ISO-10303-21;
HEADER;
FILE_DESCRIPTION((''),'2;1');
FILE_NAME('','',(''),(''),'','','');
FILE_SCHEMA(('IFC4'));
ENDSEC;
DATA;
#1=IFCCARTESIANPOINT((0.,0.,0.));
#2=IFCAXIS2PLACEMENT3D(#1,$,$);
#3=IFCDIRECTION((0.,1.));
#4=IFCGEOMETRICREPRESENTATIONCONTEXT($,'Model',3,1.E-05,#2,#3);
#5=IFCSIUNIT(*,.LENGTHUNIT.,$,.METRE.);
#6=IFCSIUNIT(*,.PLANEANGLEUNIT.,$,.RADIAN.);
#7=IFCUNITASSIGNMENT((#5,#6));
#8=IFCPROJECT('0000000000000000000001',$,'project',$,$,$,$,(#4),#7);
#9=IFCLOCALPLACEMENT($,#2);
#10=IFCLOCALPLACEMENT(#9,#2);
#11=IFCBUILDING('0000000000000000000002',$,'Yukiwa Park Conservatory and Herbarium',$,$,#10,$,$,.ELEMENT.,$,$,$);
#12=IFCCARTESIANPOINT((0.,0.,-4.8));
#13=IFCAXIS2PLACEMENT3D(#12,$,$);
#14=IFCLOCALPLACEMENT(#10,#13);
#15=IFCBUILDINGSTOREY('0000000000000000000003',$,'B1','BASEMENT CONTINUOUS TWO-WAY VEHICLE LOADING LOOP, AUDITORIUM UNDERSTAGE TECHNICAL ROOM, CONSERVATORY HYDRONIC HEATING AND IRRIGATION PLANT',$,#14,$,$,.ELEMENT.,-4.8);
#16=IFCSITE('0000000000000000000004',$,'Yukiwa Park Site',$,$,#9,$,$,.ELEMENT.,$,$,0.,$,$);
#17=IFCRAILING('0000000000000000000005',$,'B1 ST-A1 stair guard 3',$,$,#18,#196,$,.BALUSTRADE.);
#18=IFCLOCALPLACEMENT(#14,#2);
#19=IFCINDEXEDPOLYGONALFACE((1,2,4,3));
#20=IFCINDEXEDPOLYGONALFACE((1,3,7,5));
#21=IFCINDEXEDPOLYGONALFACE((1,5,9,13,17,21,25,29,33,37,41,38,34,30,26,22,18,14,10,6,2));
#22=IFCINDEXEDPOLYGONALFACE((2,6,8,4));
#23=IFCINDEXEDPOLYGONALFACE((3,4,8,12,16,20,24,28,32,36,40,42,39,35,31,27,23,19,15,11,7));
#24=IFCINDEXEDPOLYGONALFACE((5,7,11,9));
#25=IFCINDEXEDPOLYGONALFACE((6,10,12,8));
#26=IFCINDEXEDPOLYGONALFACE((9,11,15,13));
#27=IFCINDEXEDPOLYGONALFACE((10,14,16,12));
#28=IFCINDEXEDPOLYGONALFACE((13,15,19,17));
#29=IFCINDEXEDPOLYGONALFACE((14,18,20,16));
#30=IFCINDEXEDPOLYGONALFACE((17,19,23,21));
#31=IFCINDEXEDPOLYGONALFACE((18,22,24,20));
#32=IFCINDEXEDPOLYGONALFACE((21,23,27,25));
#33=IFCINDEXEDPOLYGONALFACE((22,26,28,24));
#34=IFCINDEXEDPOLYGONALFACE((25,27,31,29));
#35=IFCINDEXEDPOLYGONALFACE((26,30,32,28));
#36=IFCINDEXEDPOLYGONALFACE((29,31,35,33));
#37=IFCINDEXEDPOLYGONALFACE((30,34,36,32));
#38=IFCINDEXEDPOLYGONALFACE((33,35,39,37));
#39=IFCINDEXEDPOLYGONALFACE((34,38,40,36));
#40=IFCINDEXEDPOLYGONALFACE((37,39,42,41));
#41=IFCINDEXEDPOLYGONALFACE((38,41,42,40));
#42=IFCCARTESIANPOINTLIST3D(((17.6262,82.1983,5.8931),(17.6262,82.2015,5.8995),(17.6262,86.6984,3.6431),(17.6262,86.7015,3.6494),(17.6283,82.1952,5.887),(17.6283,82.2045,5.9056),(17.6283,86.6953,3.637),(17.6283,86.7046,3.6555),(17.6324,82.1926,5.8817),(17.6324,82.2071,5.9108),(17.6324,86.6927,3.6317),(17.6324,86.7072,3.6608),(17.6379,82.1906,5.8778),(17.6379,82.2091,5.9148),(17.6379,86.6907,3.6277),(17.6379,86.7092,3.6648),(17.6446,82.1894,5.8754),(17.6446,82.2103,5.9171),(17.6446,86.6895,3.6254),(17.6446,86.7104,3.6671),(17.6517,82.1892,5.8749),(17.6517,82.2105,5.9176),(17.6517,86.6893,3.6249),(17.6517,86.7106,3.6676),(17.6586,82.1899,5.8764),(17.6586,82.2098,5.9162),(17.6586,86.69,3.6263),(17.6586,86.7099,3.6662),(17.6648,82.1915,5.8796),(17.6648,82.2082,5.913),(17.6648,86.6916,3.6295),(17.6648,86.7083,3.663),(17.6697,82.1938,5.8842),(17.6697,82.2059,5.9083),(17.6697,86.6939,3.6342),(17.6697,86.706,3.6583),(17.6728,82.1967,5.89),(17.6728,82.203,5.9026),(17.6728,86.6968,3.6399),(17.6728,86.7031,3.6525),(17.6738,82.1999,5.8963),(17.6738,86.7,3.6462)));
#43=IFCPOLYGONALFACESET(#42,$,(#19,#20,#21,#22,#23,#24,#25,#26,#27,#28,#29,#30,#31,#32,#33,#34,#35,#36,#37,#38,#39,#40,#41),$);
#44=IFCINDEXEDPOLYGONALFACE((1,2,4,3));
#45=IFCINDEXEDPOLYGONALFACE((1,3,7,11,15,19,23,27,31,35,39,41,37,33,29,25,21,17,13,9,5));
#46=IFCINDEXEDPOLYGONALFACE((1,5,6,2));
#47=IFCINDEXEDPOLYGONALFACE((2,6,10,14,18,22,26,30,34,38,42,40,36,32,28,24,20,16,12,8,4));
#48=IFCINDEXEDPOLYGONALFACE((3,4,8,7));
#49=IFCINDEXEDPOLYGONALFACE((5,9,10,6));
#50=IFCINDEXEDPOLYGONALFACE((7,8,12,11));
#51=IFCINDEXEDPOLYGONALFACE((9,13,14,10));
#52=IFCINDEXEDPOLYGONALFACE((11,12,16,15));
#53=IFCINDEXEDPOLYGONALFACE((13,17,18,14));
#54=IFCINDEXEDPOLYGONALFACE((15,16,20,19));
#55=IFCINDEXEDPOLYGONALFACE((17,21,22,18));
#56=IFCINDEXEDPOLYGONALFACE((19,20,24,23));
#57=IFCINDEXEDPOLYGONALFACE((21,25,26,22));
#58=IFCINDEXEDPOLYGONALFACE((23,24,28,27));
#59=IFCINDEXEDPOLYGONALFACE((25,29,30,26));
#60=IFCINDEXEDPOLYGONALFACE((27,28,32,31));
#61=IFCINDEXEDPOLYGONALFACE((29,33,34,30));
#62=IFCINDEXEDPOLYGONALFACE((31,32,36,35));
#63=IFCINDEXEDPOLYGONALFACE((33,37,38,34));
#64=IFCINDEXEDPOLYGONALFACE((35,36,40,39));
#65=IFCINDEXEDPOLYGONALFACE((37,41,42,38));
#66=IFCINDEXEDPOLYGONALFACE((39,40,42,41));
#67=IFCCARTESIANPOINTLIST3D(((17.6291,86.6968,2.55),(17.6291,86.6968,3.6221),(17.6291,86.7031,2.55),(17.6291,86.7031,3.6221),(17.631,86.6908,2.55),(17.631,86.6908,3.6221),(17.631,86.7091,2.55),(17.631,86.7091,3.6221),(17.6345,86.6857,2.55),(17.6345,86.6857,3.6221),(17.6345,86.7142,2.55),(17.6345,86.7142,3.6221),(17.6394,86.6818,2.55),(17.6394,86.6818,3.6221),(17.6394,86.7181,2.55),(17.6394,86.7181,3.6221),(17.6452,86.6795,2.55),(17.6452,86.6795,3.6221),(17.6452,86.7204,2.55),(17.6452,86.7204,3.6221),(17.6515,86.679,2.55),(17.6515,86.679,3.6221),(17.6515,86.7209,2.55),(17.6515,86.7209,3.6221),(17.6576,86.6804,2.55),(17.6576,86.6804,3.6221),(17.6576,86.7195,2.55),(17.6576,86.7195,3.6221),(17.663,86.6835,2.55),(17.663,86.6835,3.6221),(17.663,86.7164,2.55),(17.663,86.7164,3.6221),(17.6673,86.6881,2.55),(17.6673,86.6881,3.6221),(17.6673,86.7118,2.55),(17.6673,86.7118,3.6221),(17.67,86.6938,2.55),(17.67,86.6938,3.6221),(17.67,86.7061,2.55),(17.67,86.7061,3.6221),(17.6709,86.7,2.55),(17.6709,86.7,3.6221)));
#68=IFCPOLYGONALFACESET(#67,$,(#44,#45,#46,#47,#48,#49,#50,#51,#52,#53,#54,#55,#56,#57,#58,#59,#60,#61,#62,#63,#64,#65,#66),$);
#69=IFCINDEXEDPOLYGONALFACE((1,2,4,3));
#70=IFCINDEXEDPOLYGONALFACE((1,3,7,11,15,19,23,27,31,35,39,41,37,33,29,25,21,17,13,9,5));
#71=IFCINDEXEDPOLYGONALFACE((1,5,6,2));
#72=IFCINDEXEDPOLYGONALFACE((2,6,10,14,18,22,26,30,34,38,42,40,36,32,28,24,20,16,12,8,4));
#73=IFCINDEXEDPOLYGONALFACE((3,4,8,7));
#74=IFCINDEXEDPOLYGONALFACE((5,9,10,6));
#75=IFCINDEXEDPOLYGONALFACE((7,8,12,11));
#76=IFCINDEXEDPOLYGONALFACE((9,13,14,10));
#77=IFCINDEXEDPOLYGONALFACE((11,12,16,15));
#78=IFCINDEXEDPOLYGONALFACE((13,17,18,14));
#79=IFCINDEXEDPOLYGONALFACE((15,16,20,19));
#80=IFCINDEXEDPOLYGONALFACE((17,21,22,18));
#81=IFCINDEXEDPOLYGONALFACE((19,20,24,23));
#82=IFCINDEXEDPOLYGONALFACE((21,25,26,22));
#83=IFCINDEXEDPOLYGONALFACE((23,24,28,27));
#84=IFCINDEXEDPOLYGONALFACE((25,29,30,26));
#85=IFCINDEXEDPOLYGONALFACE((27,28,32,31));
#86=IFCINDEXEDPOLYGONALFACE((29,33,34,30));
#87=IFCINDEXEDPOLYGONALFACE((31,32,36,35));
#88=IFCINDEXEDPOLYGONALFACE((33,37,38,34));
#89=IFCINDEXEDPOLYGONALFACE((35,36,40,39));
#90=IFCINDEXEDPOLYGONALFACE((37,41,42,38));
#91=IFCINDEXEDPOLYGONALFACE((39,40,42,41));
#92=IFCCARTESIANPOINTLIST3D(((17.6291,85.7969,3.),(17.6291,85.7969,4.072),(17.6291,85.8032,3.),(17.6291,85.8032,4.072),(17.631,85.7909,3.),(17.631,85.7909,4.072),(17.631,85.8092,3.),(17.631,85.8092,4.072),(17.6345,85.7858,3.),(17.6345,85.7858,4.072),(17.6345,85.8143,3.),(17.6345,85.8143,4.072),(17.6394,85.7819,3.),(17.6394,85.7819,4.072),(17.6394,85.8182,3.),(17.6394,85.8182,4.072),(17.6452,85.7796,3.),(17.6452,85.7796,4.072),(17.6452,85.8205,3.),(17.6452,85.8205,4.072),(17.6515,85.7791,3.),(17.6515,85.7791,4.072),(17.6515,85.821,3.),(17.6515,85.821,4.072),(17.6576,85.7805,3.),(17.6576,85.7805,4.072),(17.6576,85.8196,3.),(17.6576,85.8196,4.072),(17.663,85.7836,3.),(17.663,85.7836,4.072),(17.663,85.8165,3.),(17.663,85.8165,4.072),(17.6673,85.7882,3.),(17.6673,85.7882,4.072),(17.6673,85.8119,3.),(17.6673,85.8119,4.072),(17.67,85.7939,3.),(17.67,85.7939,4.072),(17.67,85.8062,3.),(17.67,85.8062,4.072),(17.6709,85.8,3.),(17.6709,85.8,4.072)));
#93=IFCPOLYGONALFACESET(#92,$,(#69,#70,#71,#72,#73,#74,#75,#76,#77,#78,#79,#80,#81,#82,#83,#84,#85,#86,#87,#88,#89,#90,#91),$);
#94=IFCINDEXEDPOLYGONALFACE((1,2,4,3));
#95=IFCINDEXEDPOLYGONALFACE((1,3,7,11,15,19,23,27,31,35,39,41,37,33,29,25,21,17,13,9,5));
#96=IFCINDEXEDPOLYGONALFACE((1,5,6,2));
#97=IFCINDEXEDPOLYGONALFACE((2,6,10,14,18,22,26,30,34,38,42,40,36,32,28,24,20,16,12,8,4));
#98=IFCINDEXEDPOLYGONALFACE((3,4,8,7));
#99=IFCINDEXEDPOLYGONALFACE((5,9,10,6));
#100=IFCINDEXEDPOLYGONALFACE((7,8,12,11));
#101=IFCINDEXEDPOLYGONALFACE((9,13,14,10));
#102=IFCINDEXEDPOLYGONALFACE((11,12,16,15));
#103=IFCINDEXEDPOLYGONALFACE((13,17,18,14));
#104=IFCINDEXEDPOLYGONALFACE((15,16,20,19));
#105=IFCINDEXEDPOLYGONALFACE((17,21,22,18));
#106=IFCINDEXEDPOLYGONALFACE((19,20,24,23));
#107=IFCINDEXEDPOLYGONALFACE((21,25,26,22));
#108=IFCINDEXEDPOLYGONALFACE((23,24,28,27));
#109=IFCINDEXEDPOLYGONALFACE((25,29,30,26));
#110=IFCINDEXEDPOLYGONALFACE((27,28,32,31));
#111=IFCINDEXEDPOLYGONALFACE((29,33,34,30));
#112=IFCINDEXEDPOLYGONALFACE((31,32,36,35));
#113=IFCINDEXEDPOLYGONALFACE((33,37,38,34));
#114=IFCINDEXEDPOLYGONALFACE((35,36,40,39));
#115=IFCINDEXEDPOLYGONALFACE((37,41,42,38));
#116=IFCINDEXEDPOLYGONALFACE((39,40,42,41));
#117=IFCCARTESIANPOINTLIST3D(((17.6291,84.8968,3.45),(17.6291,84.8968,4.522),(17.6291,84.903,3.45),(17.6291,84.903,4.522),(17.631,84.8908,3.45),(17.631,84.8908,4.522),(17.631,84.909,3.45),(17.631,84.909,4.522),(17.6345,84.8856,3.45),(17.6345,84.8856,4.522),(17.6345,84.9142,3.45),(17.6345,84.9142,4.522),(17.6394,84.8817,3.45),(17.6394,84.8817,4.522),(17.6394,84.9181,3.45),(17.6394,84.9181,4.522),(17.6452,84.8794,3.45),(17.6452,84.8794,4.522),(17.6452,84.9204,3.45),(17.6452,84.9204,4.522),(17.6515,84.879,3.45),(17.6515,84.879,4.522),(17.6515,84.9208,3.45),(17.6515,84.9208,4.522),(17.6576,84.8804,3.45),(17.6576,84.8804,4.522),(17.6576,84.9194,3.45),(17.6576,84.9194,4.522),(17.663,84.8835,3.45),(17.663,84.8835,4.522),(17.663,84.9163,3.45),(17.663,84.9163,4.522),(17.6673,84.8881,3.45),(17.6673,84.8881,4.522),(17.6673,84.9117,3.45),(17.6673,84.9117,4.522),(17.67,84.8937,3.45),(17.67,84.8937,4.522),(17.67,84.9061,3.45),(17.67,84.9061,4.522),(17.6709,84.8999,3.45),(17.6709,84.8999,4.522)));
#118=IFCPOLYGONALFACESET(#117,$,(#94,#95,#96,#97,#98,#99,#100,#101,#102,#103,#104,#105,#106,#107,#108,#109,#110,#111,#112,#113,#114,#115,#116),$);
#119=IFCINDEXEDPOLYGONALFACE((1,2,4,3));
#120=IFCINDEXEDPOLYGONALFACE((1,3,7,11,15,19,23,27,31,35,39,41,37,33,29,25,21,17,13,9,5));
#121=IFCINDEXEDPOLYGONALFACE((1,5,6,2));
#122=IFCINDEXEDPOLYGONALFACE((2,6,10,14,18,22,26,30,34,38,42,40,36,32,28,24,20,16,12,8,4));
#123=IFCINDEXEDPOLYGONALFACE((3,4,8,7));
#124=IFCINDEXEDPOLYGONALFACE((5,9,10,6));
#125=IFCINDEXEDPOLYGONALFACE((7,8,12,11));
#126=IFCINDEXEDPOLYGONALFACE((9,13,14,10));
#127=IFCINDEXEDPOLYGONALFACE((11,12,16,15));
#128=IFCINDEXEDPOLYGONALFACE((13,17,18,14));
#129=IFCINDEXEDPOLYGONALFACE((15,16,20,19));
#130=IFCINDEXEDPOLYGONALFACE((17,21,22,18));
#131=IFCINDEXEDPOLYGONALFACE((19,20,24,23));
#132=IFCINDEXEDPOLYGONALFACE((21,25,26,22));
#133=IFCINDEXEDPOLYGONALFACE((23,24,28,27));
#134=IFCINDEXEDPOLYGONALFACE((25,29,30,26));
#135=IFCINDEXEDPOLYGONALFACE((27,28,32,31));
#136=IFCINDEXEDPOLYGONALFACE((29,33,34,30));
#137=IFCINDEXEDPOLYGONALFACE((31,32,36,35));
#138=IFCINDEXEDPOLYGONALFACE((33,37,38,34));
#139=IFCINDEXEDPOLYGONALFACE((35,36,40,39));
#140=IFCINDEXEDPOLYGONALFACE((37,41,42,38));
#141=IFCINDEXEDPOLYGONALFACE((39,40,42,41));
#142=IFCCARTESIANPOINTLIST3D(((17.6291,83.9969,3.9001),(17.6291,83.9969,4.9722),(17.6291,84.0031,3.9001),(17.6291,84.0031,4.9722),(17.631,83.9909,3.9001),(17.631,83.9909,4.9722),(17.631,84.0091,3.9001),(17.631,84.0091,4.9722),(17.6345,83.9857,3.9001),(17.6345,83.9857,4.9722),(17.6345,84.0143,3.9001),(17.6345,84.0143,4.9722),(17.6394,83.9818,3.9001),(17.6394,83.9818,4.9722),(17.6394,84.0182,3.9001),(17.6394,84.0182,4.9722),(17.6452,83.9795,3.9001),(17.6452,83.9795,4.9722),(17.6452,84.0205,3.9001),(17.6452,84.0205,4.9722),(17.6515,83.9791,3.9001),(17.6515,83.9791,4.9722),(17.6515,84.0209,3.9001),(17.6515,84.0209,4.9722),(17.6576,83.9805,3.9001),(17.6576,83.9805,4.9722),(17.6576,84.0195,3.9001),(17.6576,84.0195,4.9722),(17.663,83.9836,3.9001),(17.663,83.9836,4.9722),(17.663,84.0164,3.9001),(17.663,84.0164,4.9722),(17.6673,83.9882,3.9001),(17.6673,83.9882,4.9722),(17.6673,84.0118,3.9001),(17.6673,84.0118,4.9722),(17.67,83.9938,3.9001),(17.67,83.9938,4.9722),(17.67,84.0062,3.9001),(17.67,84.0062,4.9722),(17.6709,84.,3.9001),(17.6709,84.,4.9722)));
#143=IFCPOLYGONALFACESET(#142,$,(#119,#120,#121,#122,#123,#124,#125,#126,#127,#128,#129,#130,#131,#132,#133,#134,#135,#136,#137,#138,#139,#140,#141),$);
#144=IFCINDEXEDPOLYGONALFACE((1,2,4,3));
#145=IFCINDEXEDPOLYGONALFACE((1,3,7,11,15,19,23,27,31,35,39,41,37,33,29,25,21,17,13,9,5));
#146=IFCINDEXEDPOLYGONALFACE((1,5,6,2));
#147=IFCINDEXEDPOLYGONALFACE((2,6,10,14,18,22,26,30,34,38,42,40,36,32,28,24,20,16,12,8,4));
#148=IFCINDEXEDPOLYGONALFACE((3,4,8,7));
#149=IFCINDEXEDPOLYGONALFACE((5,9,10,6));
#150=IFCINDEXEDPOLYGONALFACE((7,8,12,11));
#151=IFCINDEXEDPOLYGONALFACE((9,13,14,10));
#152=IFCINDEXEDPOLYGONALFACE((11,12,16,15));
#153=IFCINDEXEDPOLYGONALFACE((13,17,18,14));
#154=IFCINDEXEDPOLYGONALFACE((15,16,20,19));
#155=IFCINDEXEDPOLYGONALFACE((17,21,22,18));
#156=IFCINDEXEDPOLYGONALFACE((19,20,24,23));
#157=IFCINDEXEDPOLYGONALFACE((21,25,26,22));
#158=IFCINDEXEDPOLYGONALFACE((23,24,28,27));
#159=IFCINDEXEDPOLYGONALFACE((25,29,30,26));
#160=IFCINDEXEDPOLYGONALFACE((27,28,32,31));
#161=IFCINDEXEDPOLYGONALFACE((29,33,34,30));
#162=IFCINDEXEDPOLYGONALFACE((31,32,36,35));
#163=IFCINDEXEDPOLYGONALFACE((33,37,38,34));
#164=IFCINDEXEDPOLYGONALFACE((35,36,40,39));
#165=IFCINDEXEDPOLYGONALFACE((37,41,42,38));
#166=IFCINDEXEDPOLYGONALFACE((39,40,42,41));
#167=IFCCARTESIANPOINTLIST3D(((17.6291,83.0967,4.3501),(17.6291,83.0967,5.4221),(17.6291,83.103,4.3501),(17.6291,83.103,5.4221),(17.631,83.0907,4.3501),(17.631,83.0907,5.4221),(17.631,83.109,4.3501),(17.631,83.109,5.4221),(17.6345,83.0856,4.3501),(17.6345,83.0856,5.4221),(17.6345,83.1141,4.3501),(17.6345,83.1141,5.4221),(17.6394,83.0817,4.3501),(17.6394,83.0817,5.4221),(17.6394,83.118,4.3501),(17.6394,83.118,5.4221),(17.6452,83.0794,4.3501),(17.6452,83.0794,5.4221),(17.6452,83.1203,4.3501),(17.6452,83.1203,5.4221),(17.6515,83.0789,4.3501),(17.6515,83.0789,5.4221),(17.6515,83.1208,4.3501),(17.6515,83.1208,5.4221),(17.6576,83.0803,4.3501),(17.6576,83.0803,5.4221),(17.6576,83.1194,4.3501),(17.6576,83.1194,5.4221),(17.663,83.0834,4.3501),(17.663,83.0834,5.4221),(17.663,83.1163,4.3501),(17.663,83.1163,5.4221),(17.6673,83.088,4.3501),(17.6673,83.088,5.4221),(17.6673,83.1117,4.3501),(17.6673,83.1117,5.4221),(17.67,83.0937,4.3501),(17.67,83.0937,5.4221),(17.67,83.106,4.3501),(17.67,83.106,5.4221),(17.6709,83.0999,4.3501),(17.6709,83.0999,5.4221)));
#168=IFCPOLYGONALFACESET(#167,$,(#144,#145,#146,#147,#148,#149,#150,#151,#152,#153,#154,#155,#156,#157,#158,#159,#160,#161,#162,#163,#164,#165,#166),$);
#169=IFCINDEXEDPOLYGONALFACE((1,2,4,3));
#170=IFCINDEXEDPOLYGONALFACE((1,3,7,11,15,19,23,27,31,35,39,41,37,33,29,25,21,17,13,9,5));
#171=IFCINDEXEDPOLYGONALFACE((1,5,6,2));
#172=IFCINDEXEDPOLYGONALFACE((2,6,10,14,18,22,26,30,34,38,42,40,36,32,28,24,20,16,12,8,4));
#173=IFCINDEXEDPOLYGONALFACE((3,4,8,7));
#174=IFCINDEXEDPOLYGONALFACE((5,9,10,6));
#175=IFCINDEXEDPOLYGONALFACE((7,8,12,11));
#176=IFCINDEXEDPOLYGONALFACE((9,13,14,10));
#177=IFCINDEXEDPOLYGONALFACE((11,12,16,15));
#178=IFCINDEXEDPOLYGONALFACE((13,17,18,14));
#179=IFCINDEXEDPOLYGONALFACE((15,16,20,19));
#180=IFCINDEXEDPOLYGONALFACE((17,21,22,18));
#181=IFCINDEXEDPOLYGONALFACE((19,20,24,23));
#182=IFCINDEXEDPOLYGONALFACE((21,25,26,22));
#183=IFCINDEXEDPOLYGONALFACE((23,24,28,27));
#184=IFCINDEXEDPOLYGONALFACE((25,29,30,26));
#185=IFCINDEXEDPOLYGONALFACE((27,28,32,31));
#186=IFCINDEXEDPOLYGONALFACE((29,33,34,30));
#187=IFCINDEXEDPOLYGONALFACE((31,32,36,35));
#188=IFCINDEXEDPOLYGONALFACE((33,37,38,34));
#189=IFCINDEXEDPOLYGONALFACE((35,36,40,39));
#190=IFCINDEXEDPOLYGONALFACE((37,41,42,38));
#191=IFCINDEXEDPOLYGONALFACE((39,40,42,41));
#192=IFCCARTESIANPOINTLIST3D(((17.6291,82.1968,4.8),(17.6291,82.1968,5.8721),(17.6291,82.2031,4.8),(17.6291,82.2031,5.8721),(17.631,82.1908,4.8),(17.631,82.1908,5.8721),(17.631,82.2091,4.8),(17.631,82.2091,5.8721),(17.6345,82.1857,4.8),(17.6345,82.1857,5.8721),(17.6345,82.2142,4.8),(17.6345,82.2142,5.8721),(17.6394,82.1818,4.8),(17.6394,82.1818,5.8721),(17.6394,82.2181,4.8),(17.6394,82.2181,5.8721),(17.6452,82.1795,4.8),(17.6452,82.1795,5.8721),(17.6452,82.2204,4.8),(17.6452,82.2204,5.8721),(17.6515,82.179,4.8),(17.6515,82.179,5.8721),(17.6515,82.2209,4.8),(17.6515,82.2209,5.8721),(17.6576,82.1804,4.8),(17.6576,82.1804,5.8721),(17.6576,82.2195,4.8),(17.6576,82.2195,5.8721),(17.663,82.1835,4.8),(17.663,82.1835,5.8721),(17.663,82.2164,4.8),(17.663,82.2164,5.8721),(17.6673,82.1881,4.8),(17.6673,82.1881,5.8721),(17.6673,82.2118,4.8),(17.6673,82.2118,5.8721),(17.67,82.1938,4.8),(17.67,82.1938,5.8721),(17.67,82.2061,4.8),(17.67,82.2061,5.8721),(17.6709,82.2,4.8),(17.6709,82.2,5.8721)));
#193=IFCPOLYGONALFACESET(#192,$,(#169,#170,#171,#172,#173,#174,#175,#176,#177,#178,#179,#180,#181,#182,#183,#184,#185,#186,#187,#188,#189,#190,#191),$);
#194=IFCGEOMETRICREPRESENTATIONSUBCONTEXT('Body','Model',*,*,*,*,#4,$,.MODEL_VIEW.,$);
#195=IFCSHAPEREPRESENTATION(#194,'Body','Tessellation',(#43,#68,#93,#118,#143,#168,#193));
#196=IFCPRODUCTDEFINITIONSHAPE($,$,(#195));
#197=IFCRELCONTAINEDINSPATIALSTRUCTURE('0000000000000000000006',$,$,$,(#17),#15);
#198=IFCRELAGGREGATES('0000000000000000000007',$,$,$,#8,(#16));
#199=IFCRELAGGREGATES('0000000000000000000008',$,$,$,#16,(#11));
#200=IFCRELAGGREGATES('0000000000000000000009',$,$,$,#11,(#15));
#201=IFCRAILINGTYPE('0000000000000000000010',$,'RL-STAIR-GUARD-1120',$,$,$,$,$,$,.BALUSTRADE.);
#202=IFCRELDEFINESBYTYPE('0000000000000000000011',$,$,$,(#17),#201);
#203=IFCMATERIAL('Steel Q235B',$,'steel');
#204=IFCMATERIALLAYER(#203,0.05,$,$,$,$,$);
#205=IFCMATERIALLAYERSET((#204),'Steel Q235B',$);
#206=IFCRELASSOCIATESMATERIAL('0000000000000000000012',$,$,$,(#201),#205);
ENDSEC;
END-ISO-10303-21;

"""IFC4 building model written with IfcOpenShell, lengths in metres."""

from ifc_helpers import new_model, si_unit, direction, frame, origin, origin_2d, place, context, subcontext, project, spatial, circle, extrude, material, layer, layer_set, type_object, element, save


model = new_model("IFC4")

# Units and contexts
model_context = context("Model", 3, precision=1e-05, world=origin(), true_north=direction((0.0, 1.0)))
body_context = subcontext(model_context, "Body", "Model", "MODEL_VIEW")
ifc_project = project(units=[si_unit("LENGTHUNIT", "METRE"), si_unit("PLANEANGLEUNIT", "RADIAN")], contexts=[model_context])

# Site, building, storey
site_placement = place(None, origin())
site = spatial("IfcSite", under=ifc_project, at=site_placement, Name="Yukiwa Park Site", CompositionType="ELEMENT", RefElevation=0.0)
building_placement = place(site_placement, origin())
building = spatial("IfcBuilding", under=site, at=building_placement, Name="Yukiwa Park Conservatory and Herbarium", CompositionType="ELEMENT")
storey_placement = place(building_placement, frame((0.0, 0.0, -4.8)))
storey = spatial("IfcBuildingStorey", under=building, at=storey_placement, Name="B1", Description="BASEMENT CONTINUOUS TWO-WAY VEHICLE LOADING LOOP, AUDITORIUM UNDERSTAGE TECHNICAL ROOM, CONSERVATORY HYDRONIC HEATING AND IRRIGATION PLANT", CompositionType="ELEMENT", Elevation=-4.8)

# Railing
ifc_material_1 = material(Name="Steel Q235B", Category="steel")
ifc_layer_1 = layer(ifc_material_1, 0.05)
ifc_layer_set_1 = layer_set([ifc_layer_1], Name="Steel Q235B")
railing_type_1 = type_object("IfcRailingType", Name="RL-STAIR-GUARD-1120", PredefinedType="BALUSTRADE", material=ifc_layer_set_1)
railing_1_placement = place(storey_placement, frame((17.6499, 86.7, 2.55)))
element("IfcRailing", 1, at=railing_1_placement, inside=storey, type_object=railing_type_1, Name="B1 ST-A1 stair guard 3", PredefinedType="BALUSTRADE", context=body_context, shape_type="SweptSolid", body=[
    extrude(circle(Radius=0.0239, at=origin_2d()), frame((0.0, 0.0, 1.0962), z_axis=(0.0, -0.894427, 0.447214), x_axis=(1.0, 0.0, 0.0)), (0.0, 0.0, 1.0), 5.0312),
    extrude(circle(Radius=0.021, at=origin_2d()), origin(), (0.0, 0.0, 1.0), 1.072),
    extrude(circle(Radius=0.021, at=origin_2d()), frame((0.0, -0.8999, 0.45)), (0.0, 0.0, 1.0), 1.072),
    extrude(circle(Radius=0.021, at=origin_2d()), frame((0.0, -1.8, 0.8999)), (0.0, 0.0, 1.0), 1.072),
    extrude(circle(Radius=0.021, at=origin_2d()), frame((0.0, -2.7, 1.3501)), (0.0, 0.0, 1.0), 1.072),
    extrude(circle(Radius=0.021, at=origin_2d()), frame((0.0, -3.6001, 1.8)), (0.0, 0.0, 1.0), 1.072),
    extrude(circle(Radius=0.021, at=origin_2d()), frame((0.0, -4.5, 2.25)), (0.0, 0.0, 1.0), 1.072),
])

save(model, "model.ifc")
